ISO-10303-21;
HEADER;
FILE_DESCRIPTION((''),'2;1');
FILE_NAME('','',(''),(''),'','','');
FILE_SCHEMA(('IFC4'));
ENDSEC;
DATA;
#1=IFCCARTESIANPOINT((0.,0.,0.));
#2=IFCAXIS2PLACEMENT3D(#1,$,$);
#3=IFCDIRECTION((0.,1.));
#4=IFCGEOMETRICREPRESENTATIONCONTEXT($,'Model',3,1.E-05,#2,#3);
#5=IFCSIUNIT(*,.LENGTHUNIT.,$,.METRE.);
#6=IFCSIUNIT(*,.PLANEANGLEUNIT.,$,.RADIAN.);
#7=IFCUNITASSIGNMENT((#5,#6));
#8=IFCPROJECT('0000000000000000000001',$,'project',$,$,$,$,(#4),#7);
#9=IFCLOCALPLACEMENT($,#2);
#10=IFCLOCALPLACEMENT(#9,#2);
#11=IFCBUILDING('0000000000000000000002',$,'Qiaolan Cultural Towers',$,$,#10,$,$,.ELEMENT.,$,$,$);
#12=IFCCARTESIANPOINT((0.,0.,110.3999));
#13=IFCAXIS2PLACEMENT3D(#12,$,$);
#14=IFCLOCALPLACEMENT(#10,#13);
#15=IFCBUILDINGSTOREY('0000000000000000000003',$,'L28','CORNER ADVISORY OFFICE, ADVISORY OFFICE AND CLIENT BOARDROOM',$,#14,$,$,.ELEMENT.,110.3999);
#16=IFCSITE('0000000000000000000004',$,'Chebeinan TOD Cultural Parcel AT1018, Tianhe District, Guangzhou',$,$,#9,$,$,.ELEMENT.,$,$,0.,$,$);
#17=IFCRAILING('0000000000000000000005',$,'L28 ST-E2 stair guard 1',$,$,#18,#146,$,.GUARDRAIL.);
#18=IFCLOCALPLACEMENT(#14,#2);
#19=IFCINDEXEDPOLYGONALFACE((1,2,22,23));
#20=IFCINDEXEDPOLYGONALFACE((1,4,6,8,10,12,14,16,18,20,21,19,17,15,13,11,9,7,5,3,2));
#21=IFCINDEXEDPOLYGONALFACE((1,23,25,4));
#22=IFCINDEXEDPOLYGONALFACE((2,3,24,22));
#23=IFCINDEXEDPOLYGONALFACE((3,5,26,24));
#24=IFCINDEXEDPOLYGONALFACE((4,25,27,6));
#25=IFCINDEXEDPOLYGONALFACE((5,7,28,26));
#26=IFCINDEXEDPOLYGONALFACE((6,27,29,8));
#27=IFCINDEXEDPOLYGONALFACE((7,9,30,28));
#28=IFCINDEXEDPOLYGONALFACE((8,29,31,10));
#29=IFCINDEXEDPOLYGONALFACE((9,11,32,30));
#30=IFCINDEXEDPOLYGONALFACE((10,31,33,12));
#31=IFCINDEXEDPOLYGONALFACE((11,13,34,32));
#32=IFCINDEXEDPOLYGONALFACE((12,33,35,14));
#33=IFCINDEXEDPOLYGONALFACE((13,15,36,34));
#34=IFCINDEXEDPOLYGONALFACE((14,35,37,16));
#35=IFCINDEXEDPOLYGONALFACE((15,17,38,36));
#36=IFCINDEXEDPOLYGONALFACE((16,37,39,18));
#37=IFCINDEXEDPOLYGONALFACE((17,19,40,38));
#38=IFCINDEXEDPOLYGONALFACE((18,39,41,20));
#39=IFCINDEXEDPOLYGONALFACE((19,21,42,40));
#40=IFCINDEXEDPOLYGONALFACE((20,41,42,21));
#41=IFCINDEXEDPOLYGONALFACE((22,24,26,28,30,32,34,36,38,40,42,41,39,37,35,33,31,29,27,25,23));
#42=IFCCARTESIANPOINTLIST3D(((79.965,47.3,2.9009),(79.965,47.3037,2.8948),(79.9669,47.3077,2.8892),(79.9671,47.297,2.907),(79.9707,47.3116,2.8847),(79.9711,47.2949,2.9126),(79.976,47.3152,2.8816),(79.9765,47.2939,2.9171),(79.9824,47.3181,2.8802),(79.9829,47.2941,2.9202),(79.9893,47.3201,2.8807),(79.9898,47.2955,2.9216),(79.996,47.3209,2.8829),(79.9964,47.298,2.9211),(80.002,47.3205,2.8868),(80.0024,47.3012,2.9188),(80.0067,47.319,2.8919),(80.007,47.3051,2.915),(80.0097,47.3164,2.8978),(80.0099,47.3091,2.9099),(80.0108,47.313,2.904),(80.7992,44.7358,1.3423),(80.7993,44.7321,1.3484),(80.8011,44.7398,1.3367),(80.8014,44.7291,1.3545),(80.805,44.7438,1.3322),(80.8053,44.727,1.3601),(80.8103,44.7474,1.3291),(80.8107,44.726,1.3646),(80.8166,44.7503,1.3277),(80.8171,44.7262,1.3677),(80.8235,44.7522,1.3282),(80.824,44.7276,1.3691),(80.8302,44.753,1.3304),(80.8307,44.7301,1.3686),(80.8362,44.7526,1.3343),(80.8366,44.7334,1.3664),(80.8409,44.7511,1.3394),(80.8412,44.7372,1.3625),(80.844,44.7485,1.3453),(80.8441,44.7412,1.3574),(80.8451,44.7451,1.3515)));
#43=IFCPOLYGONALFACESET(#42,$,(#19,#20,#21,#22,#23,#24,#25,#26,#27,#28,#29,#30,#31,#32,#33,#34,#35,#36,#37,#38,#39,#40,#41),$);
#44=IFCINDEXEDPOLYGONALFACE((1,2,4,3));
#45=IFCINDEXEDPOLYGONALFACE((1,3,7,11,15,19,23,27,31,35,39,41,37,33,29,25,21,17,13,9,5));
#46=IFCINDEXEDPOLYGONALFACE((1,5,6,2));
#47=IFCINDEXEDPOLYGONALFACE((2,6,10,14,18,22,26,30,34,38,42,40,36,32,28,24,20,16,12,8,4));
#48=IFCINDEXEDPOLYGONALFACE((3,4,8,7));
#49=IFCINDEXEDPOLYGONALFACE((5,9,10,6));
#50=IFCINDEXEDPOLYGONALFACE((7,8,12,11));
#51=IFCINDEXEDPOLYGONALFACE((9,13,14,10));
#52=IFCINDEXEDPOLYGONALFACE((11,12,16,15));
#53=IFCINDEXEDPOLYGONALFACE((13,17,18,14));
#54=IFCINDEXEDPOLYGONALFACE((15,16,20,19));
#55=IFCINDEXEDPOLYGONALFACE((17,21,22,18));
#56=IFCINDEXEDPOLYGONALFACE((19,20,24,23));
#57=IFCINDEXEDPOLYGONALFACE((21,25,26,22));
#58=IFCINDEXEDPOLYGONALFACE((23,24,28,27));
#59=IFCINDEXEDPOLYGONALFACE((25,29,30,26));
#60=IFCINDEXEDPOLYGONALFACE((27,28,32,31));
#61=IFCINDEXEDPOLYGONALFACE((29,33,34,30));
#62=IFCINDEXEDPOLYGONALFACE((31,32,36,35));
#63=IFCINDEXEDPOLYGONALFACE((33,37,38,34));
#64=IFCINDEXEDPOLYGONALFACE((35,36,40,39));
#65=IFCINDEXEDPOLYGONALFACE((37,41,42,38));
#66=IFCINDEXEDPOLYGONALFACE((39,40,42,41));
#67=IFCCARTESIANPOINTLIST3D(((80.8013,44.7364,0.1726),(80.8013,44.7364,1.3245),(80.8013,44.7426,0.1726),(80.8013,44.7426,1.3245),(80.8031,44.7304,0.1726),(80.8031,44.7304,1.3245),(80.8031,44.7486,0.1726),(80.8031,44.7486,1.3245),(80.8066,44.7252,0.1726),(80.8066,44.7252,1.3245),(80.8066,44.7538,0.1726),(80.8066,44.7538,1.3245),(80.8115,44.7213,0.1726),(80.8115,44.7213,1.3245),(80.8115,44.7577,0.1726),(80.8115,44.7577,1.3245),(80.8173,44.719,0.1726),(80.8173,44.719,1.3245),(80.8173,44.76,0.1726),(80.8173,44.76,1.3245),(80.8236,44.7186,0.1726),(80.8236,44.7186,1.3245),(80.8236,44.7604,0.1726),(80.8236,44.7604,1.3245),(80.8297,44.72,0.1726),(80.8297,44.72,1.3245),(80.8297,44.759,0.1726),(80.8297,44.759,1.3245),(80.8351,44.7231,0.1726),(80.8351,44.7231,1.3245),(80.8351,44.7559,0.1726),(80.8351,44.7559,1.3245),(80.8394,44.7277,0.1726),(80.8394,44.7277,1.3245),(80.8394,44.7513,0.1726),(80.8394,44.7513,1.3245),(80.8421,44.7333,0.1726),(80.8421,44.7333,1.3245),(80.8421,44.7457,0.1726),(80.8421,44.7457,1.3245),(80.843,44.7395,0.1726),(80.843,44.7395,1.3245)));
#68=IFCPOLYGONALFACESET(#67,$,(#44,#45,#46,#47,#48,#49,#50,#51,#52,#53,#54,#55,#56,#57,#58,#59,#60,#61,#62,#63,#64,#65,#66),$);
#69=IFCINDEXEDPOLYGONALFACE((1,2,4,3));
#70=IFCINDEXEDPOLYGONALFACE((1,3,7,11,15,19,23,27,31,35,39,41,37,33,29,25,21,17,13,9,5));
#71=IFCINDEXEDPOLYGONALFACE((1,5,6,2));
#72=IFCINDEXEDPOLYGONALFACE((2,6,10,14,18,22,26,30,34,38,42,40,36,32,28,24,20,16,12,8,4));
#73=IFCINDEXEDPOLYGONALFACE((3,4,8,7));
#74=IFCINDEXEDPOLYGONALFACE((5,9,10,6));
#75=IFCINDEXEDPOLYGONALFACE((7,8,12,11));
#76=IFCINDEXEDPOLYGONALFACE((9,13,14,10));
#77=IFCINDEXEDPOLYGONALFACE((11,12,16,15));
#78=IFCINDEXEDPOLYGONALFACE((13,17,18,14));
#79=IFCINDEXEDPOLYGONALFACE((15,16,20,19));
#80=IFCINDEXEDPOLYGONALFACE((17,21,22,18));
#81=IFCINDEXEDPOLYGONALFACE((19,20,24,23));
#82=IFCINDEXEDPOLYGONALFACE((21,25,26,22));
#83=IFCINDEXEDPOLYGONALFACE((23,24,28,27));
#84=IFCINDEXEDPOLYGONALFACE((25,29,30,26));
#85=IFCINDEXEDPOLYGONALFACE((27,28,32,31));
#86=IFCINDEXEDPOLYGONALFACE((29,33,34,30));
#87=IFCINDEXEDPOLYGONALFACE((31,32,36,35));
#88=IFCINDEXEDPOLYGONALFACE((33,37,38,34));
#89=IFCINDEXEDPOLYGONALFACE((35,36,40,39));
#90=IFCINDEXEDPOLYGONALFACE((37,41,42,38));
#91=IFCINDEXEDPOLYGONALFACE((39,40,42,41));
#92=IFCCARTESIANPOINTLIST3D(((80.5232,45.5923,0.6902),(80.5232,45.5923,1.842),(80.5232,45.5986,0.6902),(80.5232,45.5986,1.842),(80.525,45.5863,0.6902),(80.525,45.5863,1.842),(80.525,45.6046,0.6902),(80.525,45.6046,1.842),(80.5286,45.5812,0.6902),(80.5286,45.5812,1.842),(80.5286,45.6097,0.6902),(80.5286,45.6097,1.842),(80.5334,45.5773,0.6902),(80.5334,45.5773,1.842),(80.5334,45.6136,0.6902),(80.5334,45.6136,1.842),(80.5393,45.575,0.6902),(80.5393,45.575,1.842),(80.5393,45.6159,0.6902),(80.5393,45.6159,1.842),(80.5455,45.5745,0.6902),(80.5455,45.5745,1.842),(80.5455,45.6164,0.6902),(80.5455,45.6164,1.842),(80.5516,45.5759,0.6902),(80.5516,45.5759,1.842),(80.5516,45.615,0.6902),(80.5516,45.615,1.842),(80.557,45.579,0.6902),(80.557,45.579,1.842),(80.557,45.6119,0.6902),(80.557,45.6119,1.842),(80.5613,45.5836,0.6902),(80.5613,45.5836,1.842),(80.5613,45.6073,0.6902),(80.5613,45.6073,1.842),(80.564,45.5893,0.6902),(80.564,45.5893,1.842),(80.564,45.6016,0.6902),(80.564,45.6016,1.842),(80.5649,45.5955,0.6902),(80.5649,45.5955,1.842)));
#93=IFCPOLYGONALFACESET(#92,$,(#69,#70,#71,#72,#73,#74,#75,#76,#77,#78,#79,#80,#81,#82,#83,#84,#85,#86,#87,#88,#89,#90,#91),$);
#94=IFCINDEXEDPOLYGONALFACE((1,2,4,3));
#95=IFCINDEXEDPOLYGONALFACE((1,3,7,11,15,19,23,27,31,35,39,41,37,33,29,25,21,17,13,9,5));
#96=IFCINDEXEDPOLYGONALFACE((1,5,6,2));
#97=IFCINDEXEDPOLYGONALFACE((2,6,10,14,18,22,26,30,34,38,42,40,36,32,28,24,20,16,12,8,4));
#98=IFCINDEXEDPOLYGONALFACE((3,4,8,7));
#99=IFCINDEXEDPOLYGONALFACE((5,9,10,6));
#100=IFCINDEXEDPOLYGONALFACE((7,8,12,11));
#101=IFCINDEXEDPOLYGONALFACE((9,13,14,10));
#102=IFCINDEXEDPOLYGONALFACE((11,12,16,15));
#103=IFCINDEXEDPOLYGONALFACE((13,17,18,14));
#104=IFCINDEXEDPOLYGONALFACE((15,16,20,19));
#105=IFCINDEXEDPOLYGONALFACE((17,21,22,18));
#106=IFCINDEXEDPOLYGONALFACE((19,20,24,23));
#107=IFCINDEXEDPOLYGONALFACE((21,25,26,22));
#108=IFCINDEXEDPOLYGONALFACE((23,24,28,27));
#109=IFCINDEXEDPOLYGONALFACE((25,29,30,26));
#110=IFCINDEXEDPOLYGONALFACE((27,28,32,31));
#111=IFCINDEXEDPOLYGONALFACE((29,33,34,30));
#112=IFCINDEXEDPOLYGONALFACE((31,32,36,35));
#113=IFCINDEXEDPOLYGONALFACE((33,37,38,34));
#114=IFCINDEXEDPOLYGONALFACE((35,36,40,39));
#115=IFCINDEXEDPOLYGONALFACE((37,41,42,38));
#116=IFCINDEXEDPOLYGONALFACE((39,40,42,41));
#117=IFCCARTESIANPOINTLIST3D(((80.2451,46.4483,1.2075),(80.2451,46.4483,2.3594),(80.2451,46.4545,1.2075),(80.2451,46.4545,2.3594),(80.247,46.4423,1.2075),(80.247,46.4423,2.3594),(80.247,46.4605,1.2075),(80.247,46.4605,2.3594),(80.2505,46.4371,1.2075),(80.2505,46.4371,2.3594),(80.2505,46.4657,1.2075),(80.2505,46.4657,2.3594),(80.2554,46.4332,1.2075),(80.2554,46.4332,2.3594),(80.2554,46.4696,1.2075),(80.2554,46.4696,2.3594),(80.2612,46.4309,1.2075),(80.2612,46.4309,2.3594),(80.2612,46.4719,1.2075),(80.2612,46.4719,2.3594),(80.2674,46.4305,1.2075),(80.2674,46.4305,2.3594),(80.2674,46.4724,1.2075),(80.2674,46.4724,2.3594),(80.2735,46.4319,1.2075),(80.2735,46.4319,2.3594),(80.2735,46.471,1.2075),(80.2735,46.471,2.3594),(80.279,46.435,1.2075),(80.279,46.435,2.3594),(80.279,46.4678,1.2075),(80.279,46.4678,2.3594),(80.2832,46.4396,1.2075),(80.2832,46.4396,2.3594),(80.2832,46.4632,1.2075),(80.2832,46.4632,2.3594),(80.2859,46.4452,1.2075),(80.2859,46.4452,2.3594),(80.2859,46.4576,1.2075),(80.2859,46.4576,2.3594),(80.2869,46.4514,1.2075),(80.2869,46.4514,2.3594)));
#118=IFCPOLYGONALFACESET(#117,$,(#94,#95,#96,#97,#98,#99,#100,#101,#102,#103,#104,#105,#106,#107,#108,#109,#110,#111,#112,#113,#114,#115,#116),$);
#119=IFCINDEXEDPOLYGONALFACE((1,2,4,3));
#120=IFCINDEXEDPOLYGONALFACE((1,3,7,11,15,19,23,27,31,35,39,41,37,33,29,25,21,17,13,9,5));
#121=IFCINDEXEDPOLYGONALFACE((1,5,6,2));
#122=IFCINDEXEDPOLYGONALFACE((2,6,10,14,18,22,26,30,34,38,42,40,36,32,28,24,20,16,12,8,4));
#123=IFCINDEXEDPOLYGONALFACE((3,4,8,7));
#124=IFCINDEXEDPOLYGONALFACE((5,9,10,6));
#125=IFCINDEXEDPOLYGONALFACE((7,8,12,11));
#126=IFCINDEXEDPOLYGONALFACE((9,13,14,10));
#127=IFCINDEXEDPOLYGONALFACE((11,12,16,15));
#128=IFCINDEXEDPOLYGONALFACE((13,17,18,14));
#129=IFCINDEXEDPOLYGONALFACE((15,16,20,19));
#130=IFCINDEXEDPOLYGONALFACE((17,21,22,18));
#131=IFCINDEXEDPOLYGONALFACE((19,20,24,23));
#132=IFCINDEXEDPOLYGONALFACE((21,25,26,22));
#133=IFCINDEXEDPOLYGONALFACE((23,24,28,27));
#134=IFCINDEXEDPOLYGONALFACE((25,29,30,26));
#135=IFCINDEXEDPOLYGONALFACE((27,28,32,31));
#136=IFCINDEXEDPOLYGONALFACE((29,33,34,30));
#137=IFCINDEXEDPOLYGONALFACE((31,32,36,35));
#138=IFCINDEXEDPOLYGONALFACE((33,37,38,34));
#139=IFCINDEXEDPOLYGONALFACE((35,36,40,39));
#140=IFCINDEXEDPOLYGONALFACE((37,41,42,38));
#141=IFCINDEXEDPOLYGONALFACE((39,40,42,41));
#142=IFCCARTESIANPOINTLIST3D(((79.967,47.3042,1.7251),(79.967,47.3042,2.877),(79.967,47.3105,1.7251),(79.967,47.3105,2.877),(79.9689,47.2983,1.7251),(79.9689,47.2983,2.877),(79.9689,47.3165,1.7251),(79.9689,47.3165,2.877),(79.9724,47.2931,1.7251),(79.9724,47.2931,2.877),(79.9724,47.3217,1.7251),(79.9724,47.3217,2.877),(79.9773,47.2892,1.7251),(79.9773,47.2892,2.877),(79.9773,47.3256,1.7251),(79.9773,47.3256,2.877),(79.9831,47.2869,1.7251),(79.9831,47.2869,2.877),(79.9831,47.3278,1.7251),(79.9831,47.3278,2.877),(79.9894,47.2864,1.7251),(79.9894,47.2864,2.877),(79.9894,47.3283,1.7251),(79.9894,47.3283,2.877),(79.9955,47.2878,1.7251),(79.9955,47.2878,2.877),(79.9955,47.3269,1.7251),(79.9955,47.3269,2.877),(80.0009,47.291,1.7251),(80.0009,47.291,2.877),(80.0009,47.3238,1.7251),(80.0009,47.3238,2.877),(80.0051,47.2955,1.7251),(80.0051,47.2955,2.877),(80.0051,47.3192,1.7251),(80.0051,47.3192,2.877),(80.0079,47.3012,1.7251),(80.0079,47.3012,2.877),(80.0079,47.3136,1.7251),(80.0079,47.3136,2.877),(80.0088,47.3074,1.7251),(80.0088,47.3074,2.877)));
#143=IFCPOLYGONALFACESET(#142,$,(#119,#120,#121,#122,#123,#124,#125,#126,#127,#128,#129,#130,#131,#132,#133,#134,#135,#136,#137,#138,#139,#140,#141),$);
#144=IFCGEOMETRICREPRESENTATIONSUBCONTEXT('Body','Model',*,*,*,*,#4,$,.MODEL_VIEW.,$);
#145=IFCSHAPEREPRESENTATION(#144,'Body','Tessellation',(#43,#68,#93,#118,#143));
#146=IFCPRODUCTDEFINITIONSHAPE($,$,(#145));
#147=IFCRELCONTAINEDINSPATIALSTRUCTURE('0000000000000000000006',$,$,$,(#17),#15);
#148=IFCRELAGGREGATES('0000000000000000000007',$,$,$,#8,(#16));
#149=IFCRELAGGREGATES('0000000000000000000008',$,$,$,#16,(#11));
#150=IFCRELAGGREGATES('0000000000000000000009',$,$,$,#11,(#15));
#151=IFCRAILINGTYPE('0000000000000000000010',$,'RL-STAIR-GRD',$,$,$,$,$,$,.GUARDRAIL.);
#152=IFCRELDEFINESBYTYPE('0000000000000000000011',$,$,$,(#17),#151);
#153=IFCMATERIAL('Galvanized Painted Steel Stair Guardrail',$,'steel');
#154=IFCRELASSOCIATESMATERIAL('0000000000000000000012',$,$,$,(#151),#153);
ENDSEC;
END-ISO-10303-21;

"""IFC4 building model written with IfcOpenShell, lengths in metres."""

from ifc_helpers import new_model, si_unit, direction, frame, origin, origin_2d, place, context, subcontext, project, spatial, circle, extrude, material, type_object, element, save


model = new_model("IFC4")

# Units and contexts
model_context = context("Model", 3, precision=1e-05, world=origin(), true_north=direction((0.0, 1.0)))
body_context = subcontext(model_context, "Body", "Model", "MODEL_VIEW")
ifc_project = project(units=[si_unit("LENGTHUNIT", "METRE"), si_unit("PLANEANGLEUNIT", "RADIAN")], contexts=[model_context])

# Site, building, storey
site_placement = place(None, origin())
site = spatial("IfcSite", under=ifc_project, at=site_placement, Name="Chebeinan TOD Cultural Parcel AT1018, Tianhe District, Guangzhou", CompositionType="ELEMENT", RefElevation=0.0)
building_placement = place(site_placement, origin())
building = spatial("IfcBuilding", under=site, at=building_placement, Name="Qiaolan Cultural Towers", CompositionType="ELEMENT")
storey_placement = place(building_placement, frame((0.0, 0.0, 110.3999)))
storey = spatial("IfcBuildingStorey", under=building, at=storey_placement, Name="L28", Description="CORNER ADVISORY OFFICE, ADVISORY OFFICE AND CLIENT BOARDROOM", CompositionType="ELEMENT", Elevation=110.3999)

# Railing
ifc_material_1 = material(Name="Galvanized Painted Steel Stair Guardrail", Category="steel")
railing_type_1 = type_object("IfcRailingType", Name="RL-STAIR-GRD", PredefinedType="GUARDRAIL", material=ifc_material_1)
railing_1_placement = place(storey_placement, frame((80.822, 44.7395, 0.1726)))
element("IfcRailing", 1, at=railing_1_placement, inside=storey, type_object=railing_type_1, Name="L28 ST-E2 stair guard 1", PredefinedType="GUARDRAIL", context=body_context, shape_type="SweptSolid", body=[
    extrude(circle(Radius=0.0239, at=origin_2d()), frame((0.0, 0.0, 1.1758), z_axis=(-0.267853, 0.824488, 0.498471), x_axis=(-0.95107, -0.308976, 0.0)), (0.0, 0.0, 1.0), 3.1145),
    extrude(circle(Radius=0.021, at=origin_2d()), origin(), (0.0, 0.0, 1.0), 1.1519),
    extrude(circle(Radius=0.021, at=origin_2d()), frame((-0.2781, 0.856, 0.5176)), (0.0, 0.0, 1.0), 1.1519),
    extrude(circle(Radius=0.021, at=origin_2d()), frame((-0.5562, 1.7119, 1.0349)), (0.0, 0.0, 1.0), 1.1519),
    extrude(circle(Radius=0.021, at=origin_2d()), frame((-0.8342, 2.5679, 1.5525)), (0.0, 0.0, 1.0), 1.1519),
])

save(model, "model.ifc")
